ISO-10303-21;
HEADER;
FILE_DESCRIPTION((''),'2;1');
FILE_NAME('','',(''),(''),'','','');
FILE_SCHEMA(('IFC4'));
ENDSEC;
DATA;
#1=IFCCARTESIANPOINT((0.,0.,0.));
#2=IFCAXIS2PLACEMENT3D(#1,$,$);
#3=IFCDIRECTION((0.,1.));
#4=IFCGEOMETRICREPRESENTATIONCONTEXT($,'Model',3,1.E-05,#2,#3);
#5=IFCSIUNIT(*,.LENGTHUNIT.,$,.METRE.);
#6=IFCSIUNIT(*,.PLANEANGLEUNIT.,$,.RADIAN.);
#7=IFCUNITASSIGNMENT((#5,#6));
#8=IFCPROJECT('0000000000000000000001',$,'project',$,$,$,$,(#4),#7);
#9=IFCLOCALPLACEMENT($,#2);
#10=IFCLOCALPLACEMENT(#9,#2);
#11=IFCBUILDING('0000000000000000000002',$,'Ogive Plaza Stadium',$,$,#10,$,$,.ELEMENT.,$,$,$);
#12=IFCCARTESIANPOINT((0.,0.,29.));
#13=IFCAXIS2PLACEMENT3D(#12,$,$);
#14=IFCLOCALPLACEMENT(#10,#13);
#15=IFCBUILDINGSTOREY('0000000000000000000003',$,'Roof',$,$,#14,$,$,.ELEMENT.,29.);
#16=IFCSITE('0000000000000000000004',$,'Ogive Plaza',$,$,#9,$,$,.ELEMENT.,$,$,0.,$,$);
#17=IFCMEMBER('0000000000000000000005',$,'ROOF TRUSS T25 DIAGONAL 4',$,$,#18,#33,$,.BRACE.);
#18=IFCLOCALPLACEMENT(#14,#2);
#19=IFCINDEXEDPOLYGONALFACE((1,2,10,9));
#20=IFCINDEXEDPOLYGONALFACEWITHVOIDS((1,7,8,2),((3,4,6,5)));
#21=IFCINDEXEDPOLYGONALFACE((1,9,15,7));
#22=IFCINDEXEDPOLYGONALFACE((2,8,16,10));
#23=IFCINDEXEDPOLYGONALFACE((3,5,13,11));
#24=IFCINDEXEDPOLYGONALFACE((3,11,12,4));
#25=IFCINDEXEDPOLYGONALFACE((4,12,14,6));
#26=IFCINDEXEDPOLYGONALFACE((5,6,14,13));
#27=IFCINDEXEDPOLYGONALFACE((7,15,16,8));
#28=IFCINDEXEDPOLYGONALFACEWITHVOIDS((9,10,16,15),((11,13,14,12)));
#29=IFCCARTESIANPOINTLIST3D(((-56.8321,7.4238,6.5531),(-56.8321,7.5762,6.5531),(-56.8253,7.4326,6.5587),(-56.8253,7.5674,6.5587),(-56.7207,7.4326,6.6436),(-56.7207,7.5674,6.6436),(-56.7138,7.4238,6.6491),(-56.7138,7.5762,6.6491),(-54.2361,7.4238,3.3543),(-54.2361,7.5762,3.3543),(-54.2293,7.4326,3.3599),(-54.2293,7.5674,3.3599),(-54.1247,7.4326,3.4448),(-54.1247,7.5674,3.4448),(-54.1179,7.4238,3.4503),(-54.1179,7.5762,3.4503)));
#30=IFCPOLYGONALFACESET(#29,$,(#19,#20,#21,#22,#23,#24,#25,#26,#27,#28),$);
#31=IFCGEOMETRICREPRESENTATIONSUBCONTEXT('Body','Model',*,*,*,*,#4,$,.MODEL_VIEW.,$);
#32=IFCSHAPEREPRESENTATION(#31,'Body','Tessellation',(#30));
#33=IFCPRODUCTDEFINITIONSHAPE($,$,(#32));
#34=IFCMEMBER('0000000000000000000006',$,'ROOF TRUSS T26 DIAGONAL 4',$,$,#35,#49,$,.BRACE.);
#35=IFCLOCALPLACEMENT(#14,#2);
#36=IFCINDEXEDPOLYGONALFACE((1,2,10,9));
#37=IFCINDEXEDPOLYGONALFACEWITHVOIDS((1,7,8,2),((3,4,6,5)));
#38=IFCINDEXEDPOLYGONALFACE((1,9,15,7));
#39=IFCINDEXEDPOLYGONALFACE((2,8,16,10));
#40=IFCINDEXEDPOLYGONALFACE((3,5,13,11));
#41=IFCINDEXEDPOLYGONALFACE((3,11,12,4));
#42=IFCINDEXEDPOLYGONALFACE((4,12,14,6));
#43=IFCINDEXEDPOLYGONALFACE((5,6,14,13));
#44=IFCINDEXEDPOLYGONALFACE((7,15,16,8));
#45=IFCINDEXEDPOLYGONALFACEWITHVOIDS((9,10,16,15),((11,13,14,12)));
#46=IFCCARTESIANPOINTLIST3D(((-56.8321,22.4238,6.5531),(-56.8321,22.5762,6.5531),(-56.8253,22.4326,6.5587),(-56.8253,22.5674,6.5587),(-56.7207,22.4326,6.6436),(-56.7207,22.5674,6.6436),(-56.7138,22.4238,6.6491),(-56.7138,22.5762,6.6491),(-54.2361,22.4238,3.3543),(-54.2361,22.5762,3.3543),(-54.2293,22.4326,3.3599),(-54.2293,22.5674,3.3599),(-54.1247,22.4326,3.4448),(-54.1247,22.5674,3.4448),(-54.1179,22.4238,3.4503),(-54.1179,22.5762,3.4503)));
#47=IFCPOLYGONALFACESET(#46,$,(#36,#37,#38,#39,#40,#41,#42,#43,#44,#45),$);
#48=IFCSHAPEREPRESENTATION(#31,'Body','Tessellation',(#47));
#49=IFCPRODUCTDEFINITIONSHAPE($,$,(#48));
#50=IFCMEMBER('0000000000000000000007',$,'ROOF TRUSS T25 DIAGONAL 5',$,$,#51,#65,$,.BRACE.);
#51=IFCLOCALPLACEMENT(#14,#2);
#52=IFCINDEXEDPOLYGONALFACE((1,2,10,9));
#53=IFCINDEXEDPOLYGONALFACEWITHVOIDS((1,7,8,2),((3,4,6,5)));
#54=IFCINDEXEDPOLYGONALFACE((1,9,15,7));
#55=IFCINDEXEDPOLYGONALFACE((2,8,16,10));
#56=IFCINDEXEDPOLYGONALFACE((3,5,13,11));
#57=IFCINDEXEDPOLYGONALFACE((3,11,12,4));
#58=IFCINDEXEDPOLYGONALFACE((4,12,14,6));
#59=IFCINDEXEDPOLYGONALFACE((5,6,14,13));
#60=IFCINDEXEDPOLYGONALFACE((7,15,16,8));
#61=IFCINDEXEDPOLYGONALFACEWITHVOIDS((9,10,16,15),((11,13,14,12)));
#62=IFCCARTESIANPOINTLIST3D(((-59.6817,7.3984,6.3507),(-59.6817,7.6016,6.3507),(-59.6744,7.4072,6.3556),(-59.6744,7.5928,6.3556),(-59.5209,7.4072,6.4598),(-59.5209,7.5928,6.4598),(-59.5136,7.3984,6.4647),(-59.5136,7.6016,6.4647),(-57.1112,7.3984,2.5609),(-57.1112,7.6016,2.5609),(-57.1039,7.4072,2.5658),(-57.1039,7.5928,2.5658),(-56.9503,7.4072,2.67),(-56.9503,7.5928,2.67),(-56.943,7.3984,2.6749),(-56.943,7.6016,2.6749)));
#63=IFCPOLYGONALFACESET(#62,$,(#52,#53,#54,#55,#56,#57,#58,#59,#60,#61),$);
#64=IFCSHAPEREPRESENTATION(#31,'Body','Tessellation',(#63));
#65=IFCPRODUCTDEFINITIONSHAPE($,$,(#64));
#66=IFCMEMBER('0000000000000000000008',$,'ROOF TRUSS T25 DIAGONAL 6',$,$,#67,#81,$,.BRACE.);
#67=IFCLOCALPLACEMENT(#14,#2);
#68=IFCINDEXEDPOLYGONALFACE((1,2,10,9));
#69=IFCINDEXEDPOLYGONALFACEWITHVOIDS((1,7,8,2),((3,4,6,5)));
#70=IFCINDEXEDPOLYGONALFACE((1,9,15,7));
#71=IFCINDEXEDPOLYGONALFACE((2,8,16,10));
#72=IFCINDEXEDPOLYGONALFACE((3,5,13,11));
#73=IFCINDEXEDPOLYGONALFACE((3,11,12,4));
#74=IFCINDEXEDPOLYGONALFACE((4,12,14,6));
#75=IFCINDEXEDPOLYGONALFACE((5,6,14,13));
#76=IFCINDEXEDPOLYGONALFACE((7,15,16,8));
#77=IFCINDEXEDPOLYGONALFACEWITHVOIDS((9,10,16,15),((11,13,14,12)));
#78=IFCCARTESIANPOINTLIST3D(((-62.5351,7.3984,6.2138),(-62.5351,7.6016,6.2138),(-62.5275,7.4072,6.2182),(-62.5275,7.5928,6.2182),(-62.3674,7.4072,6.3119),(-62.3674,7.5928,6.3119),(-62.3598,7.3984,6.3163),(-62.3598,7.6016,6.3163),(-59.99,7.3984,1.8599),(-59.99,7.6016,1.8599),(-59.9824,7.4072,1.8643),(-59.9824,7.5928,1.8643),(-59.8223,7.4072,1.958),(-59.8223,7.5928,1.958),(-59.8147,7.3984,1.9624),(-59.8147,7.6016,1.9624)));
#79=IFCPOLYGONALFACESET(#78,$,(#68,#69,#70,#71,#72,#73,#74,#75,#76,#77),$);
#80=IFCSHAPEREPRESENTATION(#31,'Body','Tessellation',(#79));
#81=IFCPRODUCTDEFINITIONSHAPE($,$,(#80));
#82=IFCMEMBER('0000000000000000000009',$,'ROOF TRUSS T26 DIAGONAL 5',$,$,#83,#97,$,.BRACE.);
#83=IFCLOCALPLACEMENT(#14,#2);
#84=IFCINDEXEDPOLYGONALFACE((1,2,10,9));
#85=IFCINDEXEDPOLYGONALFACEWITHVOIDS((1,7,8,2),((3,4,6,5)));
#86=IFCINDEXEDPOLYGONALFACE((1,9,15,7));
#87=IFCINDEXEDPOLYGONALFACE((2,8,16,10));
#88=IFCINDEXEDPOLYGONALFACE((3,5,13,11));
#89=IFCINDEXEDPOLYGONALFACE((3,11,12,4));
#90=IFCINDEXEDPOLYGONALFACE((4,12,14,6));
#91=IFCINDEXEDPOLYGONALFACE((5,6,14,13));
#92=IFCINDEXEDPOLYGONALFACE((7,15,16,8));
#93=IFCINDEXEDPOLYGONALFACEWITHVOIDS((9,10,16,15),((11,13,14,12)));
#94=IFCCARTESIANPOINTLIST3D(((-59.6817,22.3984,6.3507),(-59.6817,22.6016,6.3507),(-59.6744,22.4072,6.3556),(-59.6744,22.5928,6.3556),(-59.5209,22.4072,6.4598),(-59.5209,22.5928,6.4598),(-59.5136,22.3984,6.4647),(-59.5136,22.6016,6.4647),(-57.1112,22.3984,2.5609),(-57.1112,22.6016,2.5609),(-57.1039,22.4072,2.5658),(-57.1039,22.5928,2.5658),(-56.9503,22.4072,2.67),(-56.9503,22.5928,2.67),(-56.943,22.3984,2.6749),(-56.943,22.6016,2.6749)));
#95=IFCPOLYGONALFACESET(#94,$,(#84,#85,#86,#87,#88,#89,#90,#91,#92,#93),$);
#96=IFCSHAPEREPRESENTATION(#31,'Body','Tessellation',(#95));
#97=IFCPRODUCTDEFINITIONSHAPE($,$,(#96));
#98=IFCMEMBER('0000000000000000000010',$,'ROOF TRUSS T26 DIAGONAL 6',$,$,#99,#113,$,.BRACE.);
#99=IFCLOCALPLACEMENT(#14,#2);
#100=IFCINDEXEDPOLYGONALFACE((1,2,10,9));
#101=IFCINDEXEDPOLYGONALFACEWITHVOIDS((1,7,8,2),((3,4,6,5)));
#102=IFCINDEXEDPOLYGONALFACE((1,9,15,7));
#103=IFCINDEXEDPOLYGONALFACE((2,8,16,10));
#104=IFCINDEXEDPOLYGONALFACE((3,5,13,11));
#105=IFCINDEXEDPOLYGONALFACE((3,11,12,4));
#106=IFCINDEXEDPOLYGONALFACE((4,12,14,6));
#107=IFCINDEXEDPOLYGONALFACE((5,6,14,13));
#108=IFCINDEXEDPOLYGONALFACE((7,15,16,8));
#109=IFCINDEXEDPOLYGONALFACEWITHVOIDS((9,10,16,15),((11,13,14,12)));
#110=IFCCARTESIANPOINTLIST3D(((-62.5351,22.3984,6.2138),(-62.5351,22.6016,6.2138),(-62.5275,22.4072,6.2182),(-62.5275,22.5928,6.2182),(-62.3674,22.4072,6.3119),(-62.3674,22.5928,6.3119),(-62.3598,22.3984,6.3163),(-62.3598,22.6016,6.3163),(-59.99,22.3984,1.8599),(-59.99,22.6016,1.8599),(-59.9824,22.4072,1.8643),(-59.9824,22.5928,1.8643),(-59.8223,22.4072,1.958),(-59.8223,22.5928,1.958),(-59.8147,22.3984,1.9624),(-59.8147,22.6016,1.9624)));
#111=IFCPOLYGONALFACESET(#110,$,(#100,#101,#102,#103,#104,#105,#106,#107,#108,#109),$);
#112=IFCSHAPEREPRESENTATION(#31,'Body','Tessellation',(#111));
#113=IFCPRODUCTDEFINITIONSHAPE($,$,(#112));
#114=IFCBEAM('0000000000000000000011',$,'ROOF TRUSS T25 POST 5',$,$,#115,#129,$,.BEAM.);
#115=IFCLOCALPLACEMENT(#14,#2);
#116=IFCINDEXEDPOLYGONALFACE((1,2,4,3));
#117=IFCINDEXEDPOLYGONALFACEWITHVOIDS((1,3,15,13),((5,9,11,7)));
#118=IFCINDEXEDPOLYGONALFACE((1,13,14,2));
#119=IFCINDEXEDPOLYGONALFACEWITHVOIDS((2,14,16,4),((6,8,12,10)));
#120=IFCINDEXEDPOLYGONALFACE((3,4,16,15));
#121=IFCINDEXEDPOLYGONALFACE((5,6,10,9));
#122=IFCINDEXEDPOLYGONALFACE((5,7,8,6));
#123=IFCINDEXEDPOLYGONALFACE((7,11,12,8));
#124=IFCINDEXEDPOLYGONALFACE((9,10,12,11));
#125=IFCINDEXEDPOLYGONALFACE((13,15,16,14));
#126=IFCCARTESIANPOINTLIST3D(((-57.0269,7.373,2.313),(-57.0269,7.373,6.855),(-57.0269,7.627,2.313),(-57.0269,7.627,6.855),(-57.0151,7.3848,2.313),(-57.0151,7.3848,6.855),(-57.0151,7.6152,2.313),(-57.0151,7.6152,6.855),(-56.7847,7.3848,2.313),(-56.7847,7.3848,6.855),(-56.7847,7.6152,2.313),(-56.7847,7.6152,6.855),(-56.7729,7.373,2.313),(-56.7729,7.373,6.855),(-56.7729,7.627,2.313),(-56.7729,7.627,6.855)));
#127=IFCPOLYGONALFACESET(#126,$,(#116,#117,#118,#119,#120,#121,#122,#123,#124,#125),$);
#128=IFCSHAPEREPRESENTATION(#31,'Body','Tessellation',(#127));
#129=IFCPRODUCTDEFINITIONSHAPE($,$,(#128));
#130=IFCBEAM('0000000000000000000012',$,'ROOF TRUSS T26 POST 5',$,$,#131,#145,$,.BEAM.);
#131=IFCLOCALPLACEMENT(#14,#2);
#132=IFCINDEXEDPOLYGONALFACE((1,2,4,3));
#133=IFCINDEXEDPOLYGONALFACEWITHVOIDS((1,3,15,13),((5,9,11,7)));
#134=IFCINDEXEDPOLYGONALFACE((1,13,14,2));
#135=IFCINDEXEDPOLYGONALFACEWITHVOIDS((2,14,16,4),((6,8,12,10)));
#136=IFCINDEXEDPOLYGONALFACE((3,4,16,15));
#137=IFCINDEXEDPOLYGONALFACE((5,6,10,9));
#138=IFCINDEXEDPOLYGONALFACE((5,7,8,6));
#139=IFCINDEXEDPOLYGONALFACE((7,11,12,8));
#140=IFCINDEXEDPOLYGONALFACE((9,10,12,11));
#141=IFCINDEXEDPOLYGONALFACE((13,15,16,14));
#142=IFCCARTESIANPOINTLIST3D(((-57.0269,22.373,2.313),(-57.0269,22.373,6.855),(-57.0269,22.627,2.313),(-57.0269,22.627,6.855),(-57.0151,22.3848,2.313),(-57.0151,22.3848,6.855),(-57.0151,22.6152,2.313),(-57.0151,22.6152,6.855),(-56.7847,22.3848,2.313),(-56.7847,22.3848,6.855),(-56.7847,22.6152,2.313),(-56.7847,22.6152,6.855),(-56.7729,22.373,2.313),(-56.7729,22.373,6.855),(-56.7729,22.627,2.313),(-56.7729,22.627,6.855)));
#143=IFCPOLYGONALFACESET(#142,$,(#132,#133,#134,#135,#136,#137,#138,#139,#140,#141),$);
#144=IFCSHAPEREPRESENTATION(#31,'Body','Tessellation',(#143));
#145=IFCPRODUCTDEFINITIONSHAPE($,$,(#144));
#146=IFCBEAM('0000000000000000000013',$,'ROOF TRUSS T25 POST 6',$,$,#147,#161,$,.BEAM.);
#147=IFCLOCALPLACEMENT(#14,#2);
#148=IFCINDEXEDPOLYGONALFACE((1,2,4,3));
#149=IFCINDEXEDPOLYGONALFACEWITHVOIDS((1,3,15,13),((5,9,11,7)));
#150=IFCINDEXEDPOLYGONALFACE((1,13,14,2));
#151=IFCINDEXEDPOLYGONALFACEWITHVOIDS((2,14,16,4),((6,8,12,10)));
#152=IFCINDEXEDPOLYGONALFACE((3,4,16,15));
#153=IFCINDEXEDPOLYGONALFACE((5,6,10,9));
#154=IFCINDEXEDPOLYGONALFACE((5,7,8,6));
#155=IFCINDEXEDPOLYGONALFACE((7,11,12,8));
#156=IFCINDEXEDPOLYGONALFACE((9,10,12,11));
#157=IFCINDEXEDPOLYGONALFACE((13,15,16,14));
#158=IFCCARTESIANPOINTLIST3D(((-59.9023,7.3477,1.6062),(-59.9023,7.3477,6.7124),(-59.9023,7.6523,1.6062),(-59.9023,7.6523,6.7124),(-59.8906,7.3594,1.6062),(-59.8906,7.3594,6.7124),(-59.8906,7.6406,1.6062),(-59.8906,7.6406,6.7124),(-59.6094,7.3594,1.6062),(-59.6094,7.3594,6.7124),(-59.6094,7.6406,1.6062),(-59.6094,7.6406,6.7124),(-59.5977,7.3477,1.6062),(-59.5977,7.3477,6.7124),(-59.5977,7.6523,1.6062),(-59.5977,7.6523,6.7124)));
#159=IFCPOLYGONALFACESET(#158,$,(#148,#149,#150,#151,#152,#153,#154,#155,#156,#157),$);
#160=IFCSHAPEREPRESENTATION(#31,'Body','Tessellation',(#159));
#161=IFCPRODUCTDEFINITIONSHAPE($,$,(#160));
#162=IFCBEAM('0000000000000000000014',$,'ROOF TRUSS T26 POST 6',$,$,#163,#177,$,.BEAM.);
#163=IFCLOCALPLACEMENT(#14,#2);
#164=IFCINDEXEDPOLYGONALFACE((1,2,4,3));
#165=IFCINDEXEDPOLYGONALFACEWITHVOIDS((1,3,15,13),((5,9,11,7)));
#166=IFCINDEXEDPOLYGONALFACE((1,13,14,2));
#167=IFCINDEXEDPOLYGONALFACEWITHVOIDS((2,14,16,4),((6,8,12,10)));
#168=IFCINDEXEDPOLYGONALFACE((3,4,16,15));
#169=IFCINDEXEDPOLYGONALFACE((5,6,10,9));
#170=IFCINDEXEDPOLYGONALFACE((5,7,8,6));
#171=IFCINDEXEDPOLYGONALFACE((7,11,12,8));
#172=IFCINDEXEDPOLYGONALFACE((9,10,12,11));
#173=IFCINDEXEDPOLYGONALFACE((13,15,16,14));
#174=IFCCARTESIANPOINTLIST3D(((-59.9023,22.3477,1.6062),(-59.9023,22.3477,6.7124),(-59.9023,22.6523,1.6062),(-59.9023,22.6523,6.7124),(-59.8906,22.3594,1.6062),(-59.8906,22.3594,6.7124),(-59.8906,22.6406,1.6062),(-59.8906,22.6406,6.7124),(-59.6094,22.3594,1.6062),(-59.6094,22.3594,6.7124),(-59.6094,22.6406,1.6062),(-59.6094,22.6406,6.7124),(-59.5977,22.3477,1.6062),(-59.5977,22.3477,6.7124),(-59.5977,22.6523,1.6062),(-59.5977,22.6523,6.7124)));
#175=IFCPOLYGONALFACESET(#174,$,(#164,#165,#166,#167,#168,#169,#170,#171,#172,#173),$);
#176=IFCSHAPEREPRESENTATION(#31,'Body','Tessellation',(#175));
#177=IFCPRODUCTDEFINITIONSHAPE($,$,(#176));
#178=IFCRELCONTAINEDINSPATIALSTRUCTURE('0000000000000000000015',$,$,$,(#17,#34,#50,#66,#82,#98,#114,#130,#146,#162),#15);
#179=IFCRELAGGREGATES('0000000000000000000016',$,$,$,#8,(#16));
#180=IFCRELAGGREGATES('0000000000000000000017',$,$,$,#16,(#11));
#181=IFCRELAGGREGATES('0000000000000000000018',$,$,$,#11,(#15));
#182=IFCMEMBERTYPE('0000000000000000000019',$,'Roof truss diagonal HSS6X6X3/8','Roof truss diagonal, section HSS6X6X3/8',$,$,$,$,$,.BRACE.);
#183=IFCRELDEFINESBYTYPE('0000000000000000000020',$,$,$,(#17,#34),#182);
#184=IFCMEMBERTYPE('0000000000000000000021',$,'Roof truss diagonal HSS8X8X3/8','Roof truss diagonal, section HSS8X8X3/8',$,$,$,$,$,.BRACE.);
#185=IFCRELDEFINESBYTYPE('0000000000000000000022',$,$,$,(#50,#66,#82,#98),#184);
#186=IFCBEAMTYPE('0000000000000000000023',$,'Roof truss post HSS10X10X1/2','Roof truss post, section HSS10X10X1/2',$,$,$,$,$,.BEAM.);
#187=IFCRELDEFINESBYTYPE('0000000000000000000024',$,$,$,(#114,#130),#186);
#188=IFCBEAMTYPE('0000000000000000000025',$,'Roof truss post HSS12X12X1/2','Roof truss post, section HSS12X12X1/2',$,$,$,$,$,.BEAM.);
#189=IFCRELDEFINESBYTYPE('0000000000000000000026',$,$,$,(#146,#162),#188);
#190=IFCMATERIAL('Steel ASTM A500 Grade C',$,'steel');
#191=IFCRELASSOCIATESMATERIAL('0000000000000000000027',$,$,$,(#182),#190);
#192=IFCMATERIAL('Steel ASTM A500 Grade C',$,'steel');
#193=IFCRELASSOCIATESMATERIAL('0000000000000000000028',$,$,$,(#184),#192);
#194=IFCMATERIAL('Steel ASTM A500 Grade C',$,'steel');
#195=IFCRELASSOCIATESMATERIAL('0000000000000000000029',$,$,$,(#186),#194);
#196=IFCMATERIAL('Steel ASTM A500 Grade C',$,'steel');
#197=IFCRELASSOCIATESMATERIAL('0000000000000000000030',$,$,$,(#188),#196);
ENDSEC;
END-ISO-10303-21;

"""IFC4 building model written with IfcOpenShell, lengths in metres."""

from ifc_helpers import new_model, si_unit, direction, frame, origin, origin_2d, place, context, subcontext, project, spatial, hollow_rectangle, extrude, material, material_profile, profile_set, type_object, element, save


model = new_model("IFC4")

# Units and contexts
model_context = context("Model", 3, precision=1e-05, world=origin(), true_north=direction((0.0, 1.0)))
body_context = subcontext(model_context, "Body", "Model", "MODEL_VIEW")
ifc_project = project(units=[si_unit("LENGTHUNIT", "METRE"), si_unit("PLANEANGLEUNIT", "RADIAN")], contexts=[model_context])

# Site, building, storey
site_placement = place(None, origin())
site = spatial("IfcSite", under=ifc_project, at=site_placement, Name="Ogive Plaza", CompositionType="ELEMENT", RefElevation=0.0)
building_placement = place(site_placement, origin())
building = spatial("IfcBuilding", under=site, at=building_placement, Name="Ogive Plaza Stadium", CompositionType="ELEMENT")
storey_placement = place(building_placement, frame((0.0, 0.0, 29.0)))
storey = spatial("IfcBuildingStorey", under=building, at=storey_placement, Name="Roof", CompositionType="ELEMENT", Elevation=29.0)

# Members
ifc_material_1 = material(Name="Steel ASTM A500 Grade C", Category="steel")
ifc_material_profile_1 = material_profile(ifc_material_1, hollow_rectangle(XDim=0.1523, YDim=0.1523, WallThickness=0.0088, at=origin_2d()), Name="HSS6X6X3/8")
ifc_profile_set_1 = profile_set([ifc_material_profile_1], Name="Steel ASTM A500 Grade C")
member_type_1 = type_object("IfcMemberType", Name="Roof truss diagonal HSS6X6X3/8", Description="Roof truss diagonal, section HSS6X6X3/8", PredefinedType="BRACE", material=ifc_profile_set_1)
for number, where, z_axis, x_axis, name in (
    (1, (-54.177, 7.5, 3.4023), (-0.630151, 0.0, 0.776473), (0.0, -1.0, 0.0), "ROOF TRUSS T25 DIAGONAL 4"),
    (2, (-54.177, 22.5, 3.4023), (-0.630151, 0.0, 0.776473), (0.0, -1.0, 0.0), "ROOF TRUSS T26 DIAGONAL 4"),
):
    element("IfcMember", number, at=place(storey_placement, frame(where, z_axis=z_axis, x_axis=x_axis)), inside=storey, type_object=member_type_1, Name=name, PredefinedType="BRACE", context=body_context, shape_type="SweptSolid", body=[
        extrude(hollow_rectangle(XDim=0.1523, YDim=0.1523, WallThickness=0.0088, at=origin_2d()), origin(), (0.0, 0.0, 1.0), 4.1196),
    ])
ifc_material_2 = material(Name="Steel ASTM A500 Grade C", Category="steel")
ifc_material_profile_2 = material_profile(ifc_material_2, hollow_rectangle(XDim=0.2031, YDim=0.2031, WallThickness=0.0088, at=origin_2d()), Name="HSS8X8X3/8")
ifc_profile_set_2 = profile_set([ifc_material_profile_2], Name="Steel ASTM A500 Grade C")
member_type_2 = type_object("IfcMemberType", Name="Roof truss diagonal HSS8X8X3/8", Description="Roof truss diagonal, section HSS8X8X3/8", PredefinedType="BRACE", material=ifc_profile_set_2)
member_1_placement = place(storey_placement, frame((-57.0271, 7.5, 2.6179), z_axis=(-0.561338, 0.0, 0.827586), x_axis=(0.0, -1.0, 0.0)))
element("IfcMember", 3, at=member_1_placement, inside=storey, type_object=member_type_2, Name="ROOF TRUSS T25 DIAGONAL 5", PredefinedType="BRACE", context=body_context, shape_type="SweptSolid", body=[
    extrude(hollow_rectangle(XDim=0.2031, YDim=0.2031, WallThickness=0.0088, at=origin_2d()), origin(), (0.0, 0.0, 1.0), 4.5793),
])
member_2_placement = place(storey_placement, frame((-59.9023, 7.5, 1.9111), z_axis=(-0.504659, 0.0, 0.863319), x_axis=(0.0, -1.0, 0.0)))
element("IfcMember", 4, at=member_2_placement, inside=storey, type_object=member_type_2, Name="ROOF TRUSS T25 DIAGONAL 6", PredefinedType="BRACE", context=body_context, shape_type="SweptSolid", body=[
    extrude(hollow_rectangle(XDim=0.2031, YDim=0.2031, WallThickness=0.0088, at=origin_2d()), origin(), (0.0, 0.0, 1.0), 5.0432),
])
member_3_placement = place(storey_placement, frame((-57.0271, 22.5, 2.6179), z_axis=(-0.561338, 0.0, 0.827586), x_axis=(0.0, -1.0, 0.0)))
element("IfcMember", 5, at=member_3_placement, inside=storey, type_object=member_type_2, Name="ROOF TRUSS T26 DIAGONAL 5", PredefinedType="BRACE", context=body_context, shape_type="SweptSolid", body=[
    extrude(hollow_rectangle(XDim=0.2031, YDim=0.2031, WallThickness=0.0088, at=origin_2d()), origin(), (0.0, 0.0, 1.0), 4.5793),
])
member_4_placement = place(storey_placement, frame((-59.9023, 22.5, 1.9111), z_axis=(-0.504659, 0.0, 0.863319), x_axis=(0.0, -1.0, 0.0)))
element("IfcMember", 6, at=member_4_placement, inside=storey, type_object=member_type_2, Name="ROOF TRUSS T26 DIAGONAL 6", PredefinedType="BRACE", context=body_context, shape_type="SweptSolid", body=[
    extrude(hollow_rectangle(XDim=0.2031, YDim=0.2031, WallThickness=0.0088, at=origin_2d()), origin(), (0.0, 0.0, 1.0), 5.0432),
])

# Beams
ifc_material_3 = material(Name="Steel ASTM A500 Grade C", Category="steel")
ifc_material_profile_3 = material_profile(ifc_material_3, hollow_rectangle(XDim=0.2539, YDim=0.2539, WallThickness=0.0117, at=origin_2d()), Name="HSS10X10X1/2")
ifc_profile_set_3 = profile_set([ifc_material_profile_3], Name="Steel ASTM A500 Grade C")
beam_type_1 = type_object("IfcBeamType", Name="Roof truss post HSS10X10X1/2", Description="Roof truss post, section HSS10X10X1/2", PredefinedType="BEAM", material=ifc_profile_set_3)
for number, where, z_axis, x_axis, name in (
    (7, (-56.8999, 7.5, 2.313), (0.0, 0.0, 1.0), (0.0, -1.0, 0.0), "ROOF TRUSS T25 POST 5"),
    (8, (-56.8999, 22.5, 2.313), (0.0, 0.0, 1.0), (0.0, -1.0, 0.0), "ROOF TRUSS T26 POST 5"),
):
    element("IfcBeam", number, at=place(storey_placement, frame(where, z_axis=z_axis, x_axis=x_axis)), inside=storey, type_object=beam_type_1, Name=name, PredefinedType="BEAM", context=body_context, shape_type="SweptSolid", body=[
        extrude(hollow_rectangle(XDim=0.2539, YDim=0.2539, WallThickness=0.0117, at=origin_2d()), origin(), (0.0, 0.0, 1.0), 4.542),
    ])
ifc_material_4 = material(Name="Steel ASTM A500 Grade C", Category="steel")
ifc_material_profile_4 = material_profile(ifc_material_4, hollow_rectangle(XDim=0.3047, YDim=0.3047, WallThickness=0.0117, at=origin_2d()), Name="HSS12X12X1/2")
ifc_profile_set_4 = profile_set([ifc_material_profile_4], Name="Steel ASTM A500 Grade C")
beam_type_2 = type_object("IfcBeamType", Name="Roof truss post HSS12X12X1/2", Description="Roof truss post, section HSS12X12X1/2", PredefinedType="BEAM", material=ifc_profile_set_4)
for number, where, z_axis, x_axis, name in (
    (9, (-59.75, 7.5, 1.6062), (0.0, 0.0, 1.0), (0.0, -1.0, 0.0), "ROOF TRUSS T25 POST 6"),
    (10, (-59.75, 22.5, 1.6062), (0.0, 0.0, 1.0), (0.0, -1.0, 0.0), "ROOF TRUSS T26 POST 6"),
):
    element("IfcBeam", number, at=place(storey_placement, frame(where, z_axis=z_axis, x_axis=x_axis)), inside=storey, type_object=beam_type_2, Name=name, PredefinedType="BEAM", context=body_context, shape_type="SweptSolid", body=[
        extrude(hollow_rectangle(XDim=0.3047, YDim=0.3047, WallThickness=0.0117, at=origin_2d()), origin(), (0.0, 0.0, 1.0), 5.1062),
    ])

save(model, "model.ifc")
